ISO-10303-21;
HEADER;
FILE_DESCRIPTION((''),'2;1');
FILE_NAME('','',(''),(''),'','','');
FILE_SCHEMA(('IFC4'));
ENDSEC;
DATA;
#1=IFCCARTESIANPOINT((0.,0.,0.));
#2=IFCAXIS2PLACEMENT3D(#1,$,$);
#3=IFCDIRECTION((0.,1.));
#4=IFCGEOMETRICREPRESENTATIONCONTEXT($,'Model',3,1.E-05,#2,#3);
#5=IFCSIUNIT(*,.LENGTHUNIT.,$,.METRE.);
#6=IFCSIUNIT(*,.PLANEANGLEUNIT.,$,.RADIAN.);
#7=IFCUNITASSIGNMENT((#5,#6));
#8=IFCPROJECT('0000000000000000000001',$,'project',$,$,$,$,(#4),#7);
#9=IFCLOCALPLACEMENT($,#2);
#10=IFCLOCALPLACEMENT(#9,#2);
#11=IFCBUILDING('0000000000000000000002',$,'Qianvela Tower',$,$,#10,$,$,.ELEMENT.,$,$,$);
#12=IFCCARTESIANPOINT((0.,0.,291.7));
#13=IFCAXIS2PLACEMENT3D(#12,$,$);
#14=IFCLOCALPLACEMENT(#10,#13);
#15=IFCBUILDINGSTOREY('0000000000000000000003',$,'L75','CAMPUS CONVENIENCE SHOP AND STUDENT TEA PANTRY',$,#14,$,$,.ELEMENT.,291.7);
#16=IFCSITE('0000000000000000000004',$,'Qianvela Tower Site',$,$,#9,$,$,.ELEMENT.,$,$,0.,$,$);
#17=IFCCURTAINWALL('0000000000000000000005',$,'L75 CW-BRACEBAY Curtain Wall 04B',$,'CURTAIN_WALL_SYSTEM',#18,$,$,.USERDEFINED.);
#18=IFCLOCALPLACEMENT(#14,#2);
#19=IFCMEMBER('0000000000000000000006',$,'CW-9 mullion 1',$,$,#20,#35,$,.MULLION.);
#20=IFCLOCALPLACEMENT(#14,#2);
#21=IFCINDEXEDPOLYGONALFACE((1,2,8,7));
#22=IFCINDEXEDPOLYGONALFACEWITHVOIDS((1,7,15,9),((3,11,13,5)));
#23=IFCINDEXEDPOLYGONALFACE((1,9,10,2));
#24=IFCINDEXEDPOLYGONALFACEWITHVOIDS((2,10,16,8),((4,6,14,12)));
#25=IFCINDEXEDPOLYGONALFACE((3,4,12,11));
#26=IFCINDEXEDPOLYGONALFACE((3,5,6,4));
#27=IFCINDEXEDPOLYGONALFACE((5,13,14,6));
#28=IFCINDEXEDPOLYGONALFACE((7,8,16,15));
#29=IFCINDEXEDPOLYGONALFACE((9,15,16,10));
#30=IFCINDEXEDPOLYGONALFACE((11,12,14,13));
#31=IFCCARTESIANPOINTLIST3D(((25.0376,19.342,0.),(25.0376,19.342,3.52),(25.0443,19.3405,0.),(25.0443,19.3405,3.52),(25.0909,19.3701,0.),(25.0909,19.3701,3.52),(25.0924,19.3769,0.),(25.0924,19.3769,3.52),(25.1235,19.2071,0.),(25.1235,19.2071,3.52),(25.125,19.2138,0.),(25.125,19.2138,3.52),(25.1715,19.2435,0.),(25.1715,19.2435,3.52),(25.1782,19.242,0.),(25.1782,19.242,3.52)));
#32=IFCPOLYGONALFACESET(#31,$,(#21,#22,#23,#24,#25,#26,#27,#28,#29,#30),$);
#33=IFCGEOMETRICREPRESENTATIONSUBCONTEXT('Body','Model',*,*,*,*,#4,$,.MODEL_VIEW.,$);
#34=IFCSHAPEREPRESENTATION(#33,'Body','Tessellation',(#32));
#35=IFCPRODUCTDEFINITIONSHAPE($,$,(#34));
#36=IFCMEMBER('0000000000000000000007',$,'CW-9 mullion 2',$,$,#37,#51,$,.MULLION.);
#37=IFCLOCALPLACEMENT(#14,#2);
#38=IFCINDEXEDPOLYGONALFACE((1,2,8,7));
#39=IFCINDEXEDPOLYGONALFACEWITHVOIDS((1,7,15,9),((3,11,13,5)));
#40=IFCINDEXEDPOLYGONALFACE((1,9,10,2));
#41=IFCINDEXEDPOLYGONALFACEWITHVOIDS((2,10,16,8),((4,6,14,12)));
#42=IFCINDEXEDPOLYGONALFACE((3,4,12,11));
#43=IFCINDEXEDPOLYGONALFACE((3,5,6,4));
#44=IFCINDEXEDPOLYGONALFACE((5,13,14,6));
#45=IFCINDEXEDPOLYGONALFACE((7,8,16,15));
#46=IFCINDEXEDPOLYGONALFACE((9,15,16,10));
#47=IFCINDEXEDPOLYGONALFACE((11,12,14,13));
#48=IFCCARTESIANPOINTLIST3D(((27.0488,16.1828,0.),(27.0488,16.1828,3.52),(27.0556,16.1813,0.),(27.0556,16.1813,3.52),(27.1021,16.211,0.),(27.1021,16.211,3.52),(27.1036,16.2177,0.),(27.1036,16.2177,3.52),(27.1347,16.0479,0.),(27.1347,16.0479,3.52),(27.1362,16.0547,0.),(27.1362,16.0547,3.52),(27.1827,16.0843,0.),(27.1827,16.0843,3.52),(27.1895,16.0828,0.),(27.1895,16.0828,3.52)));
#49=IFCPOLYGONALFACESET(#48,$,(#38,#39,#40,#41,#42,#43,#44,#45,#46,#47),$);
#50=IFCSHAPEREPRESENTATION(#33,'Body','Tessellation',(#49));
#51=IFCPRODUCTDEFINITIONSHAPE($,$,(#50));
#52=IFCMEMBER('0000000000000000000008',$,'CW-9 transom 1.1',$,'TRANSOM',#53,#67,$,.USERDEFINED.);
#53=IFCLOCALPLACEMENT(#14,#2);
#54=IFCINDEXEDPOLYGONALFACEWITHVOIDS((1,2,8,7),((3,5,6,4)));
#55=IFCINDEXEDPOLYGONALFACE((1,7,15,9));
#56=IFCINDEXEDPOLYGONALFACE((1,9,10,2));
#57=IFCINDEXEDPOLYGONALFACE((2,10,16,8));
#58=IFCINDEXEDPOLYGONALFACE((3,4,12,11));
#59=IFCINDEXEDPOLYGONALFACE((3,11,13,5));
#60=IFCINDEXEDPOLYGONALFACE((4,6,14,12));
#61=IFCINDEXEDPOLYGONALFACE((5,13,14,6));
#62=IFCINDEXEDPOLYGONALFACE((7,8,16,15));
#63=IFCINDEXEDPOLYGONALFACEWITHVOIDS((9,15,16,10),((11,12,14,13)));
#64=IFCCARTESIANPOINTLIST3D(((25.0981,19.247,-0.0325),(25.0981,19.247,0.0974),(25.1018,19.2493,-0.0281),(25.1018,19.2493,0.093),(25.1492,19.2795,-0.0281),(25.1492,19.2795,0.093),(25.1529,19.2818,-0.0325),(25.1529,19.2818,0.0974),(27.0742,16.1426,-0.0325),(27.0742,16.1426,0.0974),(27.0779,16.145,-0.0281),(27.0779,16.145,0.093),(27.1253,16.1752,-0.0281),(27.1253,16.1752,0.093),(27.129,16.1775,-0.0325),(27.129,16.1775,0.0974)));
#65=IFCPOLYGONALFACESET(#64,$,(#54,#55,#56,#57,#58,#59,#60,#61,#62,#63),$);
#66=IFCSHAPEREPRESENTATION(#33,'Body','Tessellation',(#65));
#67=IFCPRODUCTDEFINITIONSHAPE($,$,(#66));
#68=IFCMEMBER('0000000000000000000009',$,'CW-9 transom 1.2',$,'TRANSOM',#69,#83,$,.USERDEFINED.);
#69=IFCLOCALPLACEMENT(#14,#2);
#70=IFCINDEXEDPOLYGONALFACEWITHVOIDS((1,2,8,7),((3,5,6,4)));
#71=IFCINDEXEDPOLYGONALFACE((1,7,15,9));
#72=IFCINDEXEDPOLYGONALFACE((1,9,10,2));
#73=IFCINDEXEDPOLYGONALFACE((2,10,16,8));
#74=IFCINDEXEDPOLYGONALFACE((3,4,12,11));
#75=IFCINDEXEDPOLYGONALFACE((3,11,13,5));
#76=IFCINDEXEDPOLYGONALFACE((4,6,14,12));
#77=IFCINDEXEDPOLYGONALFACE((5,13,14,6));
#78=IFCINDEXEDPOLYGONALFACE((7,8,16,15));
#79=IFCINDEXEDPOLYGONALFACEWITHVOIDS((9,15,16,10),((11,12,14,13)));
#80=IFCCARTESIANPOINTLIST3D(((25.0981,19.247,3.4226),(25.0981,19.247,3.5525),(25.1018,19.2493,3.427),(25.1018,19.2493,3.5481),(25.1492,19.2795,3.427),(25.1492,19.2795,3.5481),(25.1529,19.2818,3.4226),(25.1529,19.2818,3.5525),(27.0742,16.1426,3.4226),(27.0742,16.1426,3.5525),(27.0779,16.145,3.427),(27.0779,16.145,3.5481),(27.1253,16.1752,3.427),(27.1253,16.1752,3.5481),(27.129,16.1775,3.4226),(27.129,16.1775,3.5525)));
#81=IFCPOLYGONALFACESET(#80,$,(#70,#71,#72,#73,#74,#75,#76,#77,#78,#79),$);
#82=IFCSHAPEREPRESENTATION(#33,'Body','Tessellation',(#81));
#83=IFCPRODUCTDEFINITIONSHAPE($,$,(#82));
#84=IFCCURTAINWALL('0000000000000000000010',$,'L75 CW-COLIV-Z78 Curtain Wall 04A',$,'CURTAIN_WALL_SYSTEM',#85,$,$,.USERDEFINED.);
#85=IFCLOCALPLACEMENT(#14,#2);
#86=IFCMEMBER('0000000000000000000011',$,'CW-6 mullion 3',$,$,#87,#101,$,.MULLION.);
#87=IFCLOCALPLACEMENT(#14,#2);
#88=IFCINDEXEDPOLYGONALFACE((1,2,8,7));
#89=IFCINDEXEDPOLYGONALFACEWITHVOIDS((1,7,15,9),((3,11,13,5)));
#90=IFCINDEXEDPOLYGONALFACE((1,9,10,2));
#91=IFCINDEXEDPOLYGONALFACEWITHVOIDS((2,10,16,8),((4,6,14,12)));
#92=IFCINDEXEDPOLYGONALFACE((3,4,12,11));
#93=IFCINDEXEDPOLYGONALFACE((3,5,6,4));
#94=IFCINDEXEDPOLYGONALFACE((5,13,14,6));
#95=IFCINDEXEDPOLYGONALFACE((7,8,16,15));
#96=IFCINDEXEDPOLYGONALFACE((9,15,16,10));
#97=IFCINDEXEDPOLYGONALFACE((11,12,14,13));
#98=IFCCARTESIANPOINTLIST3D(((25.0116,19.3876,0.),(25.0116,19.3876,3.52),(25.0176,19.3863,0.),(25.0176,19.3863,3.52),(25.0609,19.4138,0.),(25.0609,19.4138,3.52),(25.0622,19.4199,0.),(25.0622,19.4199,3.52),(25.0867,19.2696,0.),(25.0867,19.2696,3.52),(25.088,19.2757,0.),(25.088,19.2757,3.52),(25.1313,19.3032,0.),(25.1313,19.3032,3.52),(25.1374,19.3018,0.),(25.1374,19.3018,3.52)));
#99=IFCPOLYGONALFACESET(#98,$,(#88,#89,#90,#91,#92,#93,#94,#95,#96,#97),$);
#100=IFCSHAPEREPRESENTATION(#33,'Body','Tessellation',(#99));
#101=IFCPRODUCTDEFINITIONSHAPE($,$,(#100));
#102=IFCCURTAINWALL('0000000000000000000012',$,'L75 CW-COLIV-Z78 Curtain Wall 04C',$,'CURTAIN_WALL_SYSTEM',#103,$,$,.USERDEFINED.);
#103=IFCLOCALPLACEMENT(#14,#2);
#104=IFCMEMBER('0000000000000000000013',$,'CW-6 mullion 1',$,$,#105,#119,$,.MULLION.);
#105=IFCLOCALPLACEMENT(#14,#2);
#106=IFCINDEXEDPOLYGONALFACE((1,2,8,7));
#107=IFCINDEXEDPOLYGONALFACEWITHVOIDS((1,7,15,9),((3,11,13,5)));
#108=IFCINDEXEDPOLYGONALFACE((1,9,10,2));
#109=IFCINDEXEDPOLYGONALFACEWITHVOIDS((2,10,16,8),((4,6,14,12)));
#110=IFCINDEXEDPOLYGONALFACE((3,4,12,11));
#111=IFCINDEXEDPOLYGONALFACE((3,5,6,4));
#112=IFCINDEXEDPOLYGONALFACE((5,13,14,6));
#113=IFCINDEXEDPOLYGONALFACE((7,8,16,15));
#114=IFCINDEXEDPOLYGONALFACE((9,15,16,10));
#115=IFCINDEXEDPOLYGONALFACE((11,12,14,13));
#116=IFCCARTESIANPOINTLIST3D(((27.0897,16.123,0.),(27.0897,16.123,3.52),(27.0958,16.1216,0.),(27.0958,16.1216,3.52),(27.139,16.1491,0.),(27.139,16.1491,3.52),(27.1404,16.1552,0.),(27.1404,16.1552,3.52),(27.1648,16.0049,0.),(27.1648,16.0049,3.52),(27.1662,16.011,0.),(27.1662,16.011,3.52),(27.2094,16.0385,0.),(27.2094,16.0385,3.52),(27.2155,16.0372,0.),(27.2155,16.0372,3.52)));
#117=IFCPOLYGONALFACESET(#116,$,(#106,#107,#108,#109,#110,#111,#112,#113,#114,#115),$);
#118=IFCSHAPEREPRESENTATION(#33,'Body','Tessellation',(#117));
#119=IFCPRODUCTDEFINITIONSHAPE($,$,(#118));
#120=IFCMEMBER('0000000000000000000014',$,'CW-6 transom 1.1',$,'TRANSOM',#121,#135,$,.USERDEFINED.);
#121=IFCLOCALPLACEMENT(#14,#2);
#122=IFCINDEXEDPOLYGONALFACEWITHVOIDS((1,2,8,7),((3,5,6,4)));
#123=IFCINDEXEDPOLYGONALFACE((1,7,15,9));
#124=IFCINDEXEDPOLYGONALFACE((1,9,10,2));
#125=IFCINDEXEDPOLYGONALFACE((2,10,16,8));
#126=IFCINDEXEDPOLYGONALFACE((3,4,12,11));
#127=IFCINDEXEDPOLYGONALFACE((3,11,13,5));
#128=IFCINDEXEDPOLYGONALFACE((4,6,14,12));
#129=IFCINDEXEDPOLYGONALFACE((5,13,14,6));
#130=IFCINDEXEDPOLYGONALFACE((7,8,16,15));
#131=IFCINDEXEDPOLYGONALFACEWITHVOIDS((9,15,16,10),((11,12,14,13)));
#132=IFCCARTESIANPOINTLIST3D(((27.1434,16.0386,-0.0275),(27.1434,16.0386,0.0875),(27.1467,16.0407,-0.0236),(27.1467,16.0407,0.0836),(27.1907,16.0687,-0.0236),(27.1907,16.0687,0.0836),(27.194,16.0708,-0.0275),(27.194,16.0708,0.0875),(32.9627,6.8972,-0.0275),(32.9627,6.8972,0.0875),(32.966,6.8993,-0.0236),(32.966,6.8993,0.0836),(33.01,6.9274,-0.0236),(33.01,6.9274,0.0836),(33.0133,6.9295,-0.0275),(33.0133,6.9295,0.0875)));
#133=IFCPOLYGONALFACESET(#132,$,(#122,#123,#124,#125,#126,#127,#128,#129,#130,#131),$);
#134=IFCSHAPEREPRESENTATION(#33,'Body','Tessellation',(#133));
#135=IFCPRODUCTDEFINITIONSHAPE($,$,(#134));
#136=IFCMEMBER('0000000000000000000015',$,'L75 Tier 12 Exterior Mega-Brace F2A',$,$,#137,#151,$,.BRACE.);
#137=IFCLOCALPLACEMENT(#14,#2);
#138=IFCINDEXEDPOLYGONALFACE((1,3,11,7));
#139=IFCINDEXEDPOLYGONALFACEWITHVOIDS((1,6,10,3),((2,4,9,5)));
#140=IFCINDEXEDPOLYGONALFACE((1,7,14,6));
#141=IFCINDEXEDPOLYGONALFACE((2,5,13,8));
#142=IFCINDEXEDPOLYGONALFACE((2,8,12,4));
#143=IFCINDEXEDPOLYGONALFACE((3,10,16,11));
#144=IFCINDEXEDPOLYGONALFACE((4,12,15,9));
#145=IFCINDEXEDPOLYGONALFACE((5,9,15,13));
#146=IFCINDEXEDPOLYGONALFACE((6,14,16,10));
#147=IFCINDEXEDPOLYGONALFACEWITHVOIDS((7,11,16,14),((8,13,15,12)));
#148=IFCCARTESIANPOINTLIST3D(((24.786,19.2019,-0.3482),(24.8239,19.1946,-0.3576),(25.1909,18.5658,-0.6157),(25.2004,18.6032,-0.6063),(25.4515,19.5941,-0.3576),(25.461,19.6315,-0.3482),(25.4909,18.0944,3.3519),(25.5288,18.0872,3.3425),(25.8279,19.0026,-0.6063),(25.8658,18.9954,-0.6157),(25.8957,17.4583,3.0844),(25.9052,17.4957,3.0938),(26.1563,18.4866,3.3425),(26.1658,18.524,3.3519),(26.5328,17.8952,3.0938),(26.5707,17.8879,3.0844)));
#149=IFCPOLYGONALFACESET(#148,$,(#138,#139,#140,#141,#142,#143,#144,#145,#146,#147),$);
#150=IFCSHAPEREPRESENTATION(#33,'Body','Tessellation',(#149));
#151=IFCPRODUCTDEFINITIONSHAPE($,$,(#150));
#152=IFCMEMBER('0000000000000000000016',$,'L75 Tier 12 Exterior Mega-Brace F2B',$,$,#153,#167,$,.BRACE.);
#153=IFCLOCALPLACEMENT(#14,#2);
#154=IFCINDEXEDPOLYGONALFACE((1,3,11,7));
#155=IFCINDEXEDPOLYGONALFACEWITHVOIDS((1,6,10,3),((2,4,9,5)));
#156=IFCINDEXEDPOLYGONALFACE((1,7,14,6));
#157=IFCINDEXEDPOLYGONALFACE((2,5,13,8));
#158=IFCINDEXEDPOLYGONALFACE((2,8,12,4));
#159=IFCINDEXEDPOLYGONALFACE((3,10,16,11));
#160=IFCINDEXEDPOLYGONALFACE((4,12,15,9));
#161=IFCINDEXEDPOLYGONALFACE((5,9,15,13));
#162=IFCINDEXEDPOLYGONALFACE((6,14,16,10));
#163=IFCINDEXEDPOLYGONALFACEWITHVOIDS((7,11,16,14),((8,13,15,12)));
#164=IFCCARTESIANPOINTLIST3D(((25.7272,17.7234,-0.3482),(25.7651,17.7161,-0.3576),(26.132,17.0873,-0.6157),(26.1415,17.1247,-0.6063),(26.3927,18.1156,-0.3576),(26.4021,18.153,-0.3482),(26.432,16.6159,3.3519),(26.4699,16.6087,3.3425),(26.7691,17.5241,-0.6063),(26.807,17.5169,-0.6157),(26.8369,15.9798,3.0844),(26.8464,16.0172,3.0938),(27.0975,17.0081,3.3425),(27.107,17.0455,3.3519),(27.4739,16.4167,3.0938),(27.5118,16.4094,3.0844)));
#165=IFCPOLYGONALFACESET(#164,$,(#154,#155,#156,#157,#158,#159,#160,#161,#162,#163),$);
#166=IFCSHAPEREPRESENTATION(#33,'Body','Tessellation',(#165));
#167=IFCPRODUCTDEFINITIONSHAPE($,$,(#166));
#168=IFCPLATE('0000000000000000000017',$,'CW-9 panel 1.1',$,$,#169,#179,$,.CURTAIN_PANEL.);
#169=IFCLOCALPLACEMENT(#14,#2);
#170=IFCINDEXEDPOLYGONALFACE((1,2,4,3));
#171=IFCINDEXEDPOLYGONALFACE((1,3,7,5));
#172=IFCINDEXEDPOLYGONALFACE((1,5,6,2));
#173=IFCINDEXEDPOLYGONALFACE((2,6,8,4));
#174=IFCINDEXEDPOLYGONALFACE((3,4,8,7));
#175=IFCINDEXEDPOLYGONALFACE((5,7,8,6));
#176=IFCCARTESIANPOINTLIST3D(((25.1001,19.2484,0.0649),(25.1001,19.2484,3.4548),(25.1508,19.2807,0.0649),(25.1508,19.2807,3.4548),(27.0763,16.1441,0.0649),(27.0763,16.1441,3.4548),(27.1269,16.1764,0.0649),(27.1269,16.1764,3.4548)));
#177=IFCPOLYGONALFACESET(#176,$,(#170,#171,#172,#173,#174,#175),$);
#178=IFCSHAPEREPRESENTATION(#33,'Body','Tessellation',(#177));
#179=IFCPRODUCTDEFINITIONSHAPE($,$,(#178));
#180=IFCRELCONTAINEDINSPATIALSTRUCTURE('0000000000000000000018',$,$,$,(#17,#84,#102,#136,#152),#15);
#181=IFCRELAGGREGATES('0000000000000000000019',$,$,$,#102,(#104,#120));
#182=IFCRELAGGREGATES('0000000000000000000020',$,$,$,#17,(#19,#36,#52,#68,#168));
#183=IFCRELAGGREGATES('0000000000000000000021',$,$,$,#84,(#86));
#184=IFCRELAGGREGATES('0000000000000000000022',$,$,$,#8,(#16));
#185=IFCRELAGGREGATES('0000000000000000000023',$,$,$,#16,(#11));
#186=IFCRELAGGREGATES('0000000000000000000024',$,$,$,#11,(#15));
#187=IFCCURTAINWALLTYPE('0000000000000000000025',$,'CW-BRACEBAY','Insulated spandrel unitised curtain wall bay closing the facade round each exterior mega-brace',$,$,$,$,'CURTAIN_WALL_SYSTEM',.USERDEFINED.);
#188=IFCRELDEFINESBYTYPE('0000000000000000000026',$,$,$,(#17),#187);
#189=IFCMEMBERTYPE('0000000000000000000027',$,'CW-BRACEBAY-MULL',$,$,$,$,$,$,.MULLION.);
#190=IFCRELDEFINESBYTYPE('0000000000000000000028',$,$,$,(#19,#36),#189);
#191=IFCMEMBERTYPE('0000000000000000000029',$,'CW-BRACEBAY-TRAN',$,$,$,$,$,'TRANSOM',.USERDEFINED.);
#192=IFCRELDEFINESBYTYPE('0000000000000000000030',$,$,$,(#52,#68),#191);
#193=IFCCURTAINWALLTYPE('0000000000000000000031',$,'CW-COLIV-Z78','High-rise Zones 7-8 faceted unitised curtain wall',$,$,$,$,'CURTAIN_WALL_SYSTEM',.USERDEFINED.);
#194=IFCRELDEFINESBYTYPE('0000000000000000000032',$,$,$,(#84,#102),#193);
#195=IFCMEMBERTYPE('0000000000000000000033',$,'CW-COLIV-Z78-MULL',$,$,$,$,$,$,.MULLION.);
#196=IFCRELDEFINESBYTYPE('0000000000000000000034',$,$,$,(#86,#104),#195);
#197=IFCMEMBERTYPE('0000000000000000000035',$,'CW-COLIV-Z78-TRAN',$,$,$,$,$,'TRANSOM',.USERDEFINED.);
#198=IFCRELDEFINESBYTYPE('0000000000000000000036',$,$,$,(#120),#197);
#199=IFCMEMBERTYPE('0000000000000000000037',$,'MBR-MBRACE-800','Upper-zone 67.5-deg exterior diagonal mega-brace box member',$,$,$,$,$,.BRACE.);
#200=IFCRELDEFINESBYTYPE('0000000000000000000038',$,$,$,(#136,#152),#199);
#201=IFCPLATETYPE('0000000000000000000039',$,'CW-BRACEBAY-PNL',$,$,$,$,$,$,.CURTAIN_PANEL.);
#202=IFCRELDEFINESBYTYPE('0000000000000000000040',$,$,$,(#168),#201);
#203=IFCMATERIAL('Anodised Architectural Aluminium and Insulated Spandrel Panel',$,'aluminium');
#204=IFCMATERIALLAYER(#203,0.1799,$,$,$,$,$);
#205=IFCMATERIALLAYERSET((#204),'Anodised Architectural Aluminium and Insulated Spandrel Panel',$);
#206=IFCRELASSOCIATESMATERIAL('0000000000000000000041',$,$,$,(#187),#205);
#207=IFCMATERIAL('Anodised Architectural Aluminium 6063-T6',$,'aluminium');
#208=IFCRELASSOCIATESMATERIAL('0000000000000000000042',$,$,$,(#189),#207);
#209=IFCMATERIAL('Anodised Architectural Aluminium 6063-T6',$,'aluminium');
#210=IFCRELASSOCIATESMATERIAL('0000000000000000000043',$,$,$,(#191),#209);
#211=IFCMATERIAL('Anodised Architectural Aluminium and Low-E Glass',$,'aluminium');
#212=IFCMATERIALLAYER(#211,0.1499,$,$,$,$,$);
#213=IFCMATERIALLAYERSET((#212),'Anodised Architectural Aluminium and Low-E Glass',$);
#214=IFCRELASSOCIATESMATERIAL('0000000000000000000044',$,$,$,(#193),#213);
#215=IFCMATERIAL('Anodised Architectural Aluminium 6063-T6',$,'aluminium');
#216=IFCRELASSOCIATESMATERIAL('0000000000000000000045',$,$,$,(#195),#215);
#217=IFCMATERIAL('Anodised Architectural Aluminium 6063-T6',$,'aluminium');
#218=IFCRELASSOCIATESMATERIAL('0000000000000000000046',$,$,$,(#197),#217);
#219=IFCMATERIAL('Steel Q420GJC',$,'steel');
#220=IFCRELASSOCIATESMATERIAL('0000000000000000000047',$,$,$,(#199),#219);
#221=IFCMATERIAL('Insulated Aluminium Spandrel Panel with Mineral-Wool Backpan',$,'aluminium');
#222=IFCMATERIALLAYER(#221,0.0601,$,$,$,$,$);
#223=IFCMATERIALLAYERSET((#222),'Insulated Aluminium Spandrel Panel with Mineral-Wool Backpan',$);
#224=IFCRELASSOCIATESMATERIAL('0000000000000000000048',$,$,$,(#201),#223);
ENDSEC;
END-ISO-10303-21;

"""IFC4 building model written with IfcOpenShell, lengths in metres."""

from ifc_helpers import new_model, si_unit, direction, frame, origin, origin_2d, place, context, subcontext, project, spatial, rectangle, hollow_rectangle, extrude, material, layer, layer_set, material_profile, profile_set, type_object, element, aggregate, save


model = new_model("IFC4")

# Units and contexts
model_context = context("Model", 3, precision=1e-05, world=origin(), true_north=direction((0.0, 1.0)))
body_context = subcontext(model_context, "Body", "Model", "MODEL_VIEW")
ifc_project = project(units=[si_unit("LENGTHUNIT", "METRE"), si_unit("PLANEANGLEUNIT", "RADIAN")], contexts=[model_context])

# Site, building, storey
site_placement = place(None, origin())
site = spatial("IfcSite", under=ifc_project, at=site_placement, Name="Qianvela Tower Site", CompositionType="ELEMENT", RefElevation=0.0)
building_placement = place(site_placement, origin())
building = spatial("IfcBuilding", under=site, at=building_placement, Name="Qianvela Tower", CompositionType="ELEMENT")
storey_placement = place(building_placement, frame((0.0, 0.0, 291.7)))
storey = spatial("IfcBuildingStorey", under=building, at=storey_placement, Name="L75", Description="CAMPUS CONVENIENCE SHOP AND STUDENT TEA PANTRY", CompositionType="ELEMENT", Elevation=291.7)

# Curtain wall, members
ifc_material_1 = material(Name="Anodised Architectural Aluminium and Insulated Spandrel Panel", Category="aluminium")
ifc_layer_1 = layer(ifc_material_1, 0.1799)
ifc_layer_set_1 = layer_set([ifc_layer_1], Name="Anodised Architectural Aluminium and Insulated Spandrel Panel")
curtain_wall_type_1 = type_object("IfcCurtainWallType", Name="CW-BRACEBAY", Description="Insulated spandrel unitised curtain wall bay closing the facade round each exterior mega-brace", ElementType="CURTAIN_WALL_SYSTEM", PredefinedType="USERDEFINED", material=ifc_layer_set_1)
curtain_wall_1_placement = place(storey_placement, origin())
curtain_wall_1 = element("IfcCurtainWall", 1, at=curtain_wall_1_placement, inside=storey, type_object=curtain_wall_type_1, Name="L75 CW-BRACEBAY Curtain Wall 04B", ObjectType="CURTAIN_WALL_SYSTEM", PredefinedType="USERDEFINED")
ifc_material_2 = material(Name="Anodised Architectural Aluminium 6063-T6", Category="aluminium")
ifc_material_profile_1 = material_profile(ifc_material_2, hollow_rectangle(XDim=0.0649, YDim=0.1599, WallThickness=0.0049, at=origin_2d()), Name="ALU-MULL-65x160")
ifc_profile_set_1 = profile_set([ifc_material_profile_1], Name="Anodised Architectural Aluminium 6063-T6")
member_type_1 = type_object("IfcMemberType", Name="CW-BRACEBAY-MULL", PredefinedType="MULLION", material=ifc_profile_set_1)
member_1_placement = place(storey_placement, frame((25.1079, 19.292, 0.0), z_axis=(0.0, 0.0, 1.0), x_axis=(0.843575, 0.537011, 0.0)))
member_1 = element("IfcMember", 2, at=member_1_placement, type_object=member_type_1, Name="CW-9 mullion 1", PredefinedType="MULLION", context=body_context, shape_type="SweptSolid", body=[
    extrude(hollow_rectangle(XDim=0.0649, YDim=0.1599, WallThickness=0.0049, at=origin_2d()), origin(), (0.0, 0.0, 1.0), 3.52),
])
member_2_placement = place(storey_placement, frame((27.1191, 16.1328, 0.0), z_axis=(0.0, 0.0, 1.0), x_axis=(0.843575, 0.537011, 0.0)))
member_2 = element("IfcMember", 3, at=member_2_placement, type_object=member_type_1, Name="CW-9 mullion 2", PredefinedType="MULLION", context=body_context, shape_type="SweptSolid", body=[
    extrude(hollow_rectangle(XDim=0.0649, YDim=0.1599, WallThickness=0.0049, at=origin_2d()), origin(), (0.0, 0.0, 1.0), 3.52),
])
ifc_material_3 = material(Name="Anodised Architectural Aluminium 6063-T6", Category="aluminium")
ifc_material_profile_2 = material_profile(ifc_material_3, hollow_rectangle(XDim=0.0649, YDim=0.1299, WallThickness=0.0044, at=origin_2d()), Name="ALU-TRAN-65x130")
ifc_profile_set_2 = profile_set([ifc_material_profile_2], Name="Anodised Architectural Aluminium 6063-T6")
member_type_2 = type_object("IfcMemberType", Name="CW-BRACEBAY-TRAN", ElementType="TRANSOM", PredefinedType="USERDEFINED", material=ifc_profile_set_2)
member_3_placement = place(storey_placement, frame((25.1255, 19.2644, 0.0325), z_axis=(0.537, -0.843582, 0.0), x_axis=(0.843582, 0.537, 0.0)))
member_3 = element("IfcMember", 4, at=member_3_placement, type_object=member_type_2, Name="CW-9 transom 1.1", ObjectType="TRANSOM", PredefinedType="USERDEFINED", context=body_context, shape_type="SweptSolid", body=[
    extrude(hollow_rectangle(XDim=0.0649, YDim=0.1299, WallThickness=0.0044, at=origin_2d()), origin(), (0.0, 0.0, 1.0), 3.6799),
])
member_4_placement = place(storey_placement, frame((25.1255, 19.2644, 3.4875), z_axis=(0.537, -0.843582, 0.0), x_axis=(0.843582, 0.537, 0.0)))
member_4 = element("IfcMember", 5, at=member_4_placement, type_object=member_type_2, Name="CW-9 transom 1.2", ObjectType="TRANSOM", PredefinedType="USERDEFINED", context=body_context, shape_type="SweptSolid", body=[
    extrude(hollow_rectangle(XDim=0.0649, YDim=0.1299, WallThickness=0.0044, at=origin_2d()), origin(), (0.0, 0.0, 1.0), 3.6799),
])

# Curtain wall, member
ifc_material_4 = material(Name="Anodised Architectural Aluminium and Low-E Glass", Category="aluminium")
ifc_layer_2 = layer(ifc_material_4, 0.1499)
ifc_layer_set_2 = layer_set([ifc_layer_2], Name="Anodised Architectural Aluminium and Low-E Glass")
curtain_wall_type_2 = type_object("IfcCurtainWallType", Name="CW-COLIV-Z78", Description="High-rise Zones 7-8 faceted unitised curtain wall", ElementType="CURTAIN_WALL_SYSTEM", PredefinedType="USERDEFINED", material=ifc_layer_set_2)
curtain_wall_2_placement = place(storey_placement, origin())
curtain_wall_2 = element("IfcCurtainWall", 6, at=curtain_wall_2_placement, inside=storey, type_object=curtain_wall_type_2, Name="L75 CW-COLIV-Z78 Curtain Wall 04A", ObjectType="CURTAIN_WALL_SYSTEM", PredefinedType="USERDEFINED")
ifc_material_5 = material(Name="Anodised Architectural Aluminium 6063-T6", Category="aluminium")
ifc_material_profile_3 = material_profile(ifc_material_5, hollow_rectangle(XDim=0.0601, YDim=0.1399, WallThickness=0.0044, at=origin_2d()), Name="ALU-MULL-60x140")
ifc_profile_set_3 = profile_set([ifc_material_profile_3], Name="Anodised Architectural Aluminium 6063-T6")
member_type_3 = type_object("IfcMemberType", Name="CW-COLIV-Z78-MULL", PredefinedType="MULLION", material=ifc_profile_set_3)
member_5_placement = place(storey_placement, frame((25.0745, 19.3447, 0.0), z_axis=(0.0, 0.0, 1.0), x_axis=(0.84358, 0.537003, 0.0)))
member_5 = element("IfcMember", 7, at=member_5_placement, type_object=member_type_3, Name="CW-6 mullion 3", PredefinedType="MULLION", context=body_context, shape_type="SweptSolid", body=[
    extrude(hollow_rectangle(XDim=0.0601, YDim=0.1399, WallThickness=0.0044, at=origin_2d()), origin(), (0.0, 0.0, 1.0), 3.52),
])

# Curtain wall, members
curtain_wall_3_placement = place(storey_placement, origin())
curtain_wall_3 = element("IfcCurtainWall", 8, at=curtain_wall_3_placement, inside=storey, type_object=curtain_wall_type_2, Name="L75 CW-COLIV-Z78 Curtain Wall 04C", ObjectType="CURTAIN_WALL_SYSTEM", PredefinedType="USERDEFINED")
member_6_placement = place(storey_placement, frame((27.1526, 16.0801, 0.0), z_axis=(0.0, 0.0, 1.0), x_axis=(0.84358, 0.537004, 0.0)))
member_6 = element("IfcMember", 9, at=member_6_placement, type_object=member_type_3, Name="CW-6 mullion 1", PredefinedType="MULLION", context=body_context, shape_type="SweptSolid", body=[
    extrude(hollow_rectangle(XDim=0.0601, YDim=0.1399, WallThickness=0.0044, at=origin_2d()), origin(), (0.0, 0.0, 1.0), 3.52),
])
ifc_material_6 = material(Name="Anodised Architectural Aluminium 6063-T6", Category="aluminium")
ifc_material_profile_4 = material_profile(ifc_material_6, hollow_rectangle(XDim=0.0601, YDim=0.115, WallThickness=0.0039, at=origin_2d()), Name="ALU-TRAN-60x115")
ifc_profile_set_4 = profile_set([ifc_material_profile_4], Name="Anodised Architectural Aluminium 6063-T6")
member_type_4 = type_object("IfcMemberType", Name="CW-COLIV-Z78-TRAN", ElementType="TRANSOM", PredefinedType="USERDEFINED", material=ifc_profile_set_4)
member_7_placement = place(storey_placement, frame((27.1687, 16.0547, 0.03), z_axis=(0.537014, -0.843573, 0.0), x_axis=(0.843573, 0.537014, 0.0)))
member_7 = element("IfcMember", 10, at=member_7_placement, type_object=member_type_4, Name="CW-6 transom 1.1", ObjectType="TRANSOM", PredefinedType="USERDEFINED", context=body_context, shape_type="SweptSolid", body=[
    extrude(hollow_rectangle(XDim=0.0601, YDim=0.115, WallThickness=0.0039, at=origin_2d()), origin(), (0.0, 0.0, 1.0), 10.8364),
])
aggregate(curtain_wall_3, [member_6, member_7])

# Members
ifc_material_7 = material(Name="Steel Q420GJC", Category="steel")
ifc_material_profile_5 = material_profile(ifc_material_7, hollow_rectangle(XDim=0.8, YDim=0.8, WallThickness=0.0281, at=origin_2d()), Name="MBOX-800x800x28")
ifc_profile_set_5 = profile_set([ifc_material_profile_5], Name="Steel Q420GJC")
member_type_5 = type_object("IfcMemberType", Name="MBR-MBRACE-800", Description="Upper-zone 67.5-deg exterior diagonal mega-brace box member", PredefinedType="BRACE", material=ifc_profile_set_5)
for number, where, z_axis, x_axis, name in (
    (11, (25.3259, 19.0986, -0.4819), (0.179534, -0.28208, 0.942443), (0.843623, 0.536936, 0.0), "L75 Tier 12 Exterior Mega-Brace F2A"),
    (12, (26.2671, 17.6201, -0.4819), (0.179534, -0.28208, 0.942443), (0.843623, 0.536936, 0.0), "L75 Tier 12 Exterior Mega-Brace F2B"),
):
    element("IfcMember", number, at=place(storey_placement, frame(where, z_axis=z_axis, x_axis=x_axis)), inside=storey, type_object=member_type_5, Name=name, PredefinedType="BRACE", context=body_context, shape_type="SweptSolid", body=[
        extrude(hollow_rectangle(XDim=0.8, YDim=0.8, WallThickness=0.0281, at=origin_2d()), origin(), (0.0, 0.0, 1.0), 3.926),
    ])

# Plate
ifc_material_8 = material(Name="Insulated Aluminium Spandrel Panel with Mineral-Wool Backpan", Category="aluminium")
ifc_layer_3 = layer(ifc_material_8, 0.0601)
ifc_layer_set_3 = layer_set([ifc_layer_3], Name="Insulated Aluminium Spandrel Panel with Mineral-Wool Backpan")
plate_type_1 = type_object("IfcPlateType", Name="CW-BRACEBAY-PNL", PredefinedType="CURTAIN_PANEL", material=ifc_layer_set_3)
plate_1_placement = place(storey_placement, frame((26.1135, 17.7124, 0.0649), z_axis=(0.0, 0.0, 1.0), x_axis=(0.537011, -0.843575, 0.0)))
plate_1 = element("IfcPlate", 13, at=plate_1_placement, type_object=plate_type_1, Name="CW-9 panel 1.1", PredefinedType="CURTAIN_PANEL", context=body_context, shape_type="SweptSolid", body=[
    extrude(rectangle(XDim=3.6799, YDim=0.0601, at=origin_2d()), origin(), (0.0, 0.0, 1.0), 3.3899),
])
aggregate(curtain_wall_1, [member_1, member_2, member_3, member_4, plate_1])
aggregate(curtain_wall_2, [member_5])

save(model, "model.ifc")
